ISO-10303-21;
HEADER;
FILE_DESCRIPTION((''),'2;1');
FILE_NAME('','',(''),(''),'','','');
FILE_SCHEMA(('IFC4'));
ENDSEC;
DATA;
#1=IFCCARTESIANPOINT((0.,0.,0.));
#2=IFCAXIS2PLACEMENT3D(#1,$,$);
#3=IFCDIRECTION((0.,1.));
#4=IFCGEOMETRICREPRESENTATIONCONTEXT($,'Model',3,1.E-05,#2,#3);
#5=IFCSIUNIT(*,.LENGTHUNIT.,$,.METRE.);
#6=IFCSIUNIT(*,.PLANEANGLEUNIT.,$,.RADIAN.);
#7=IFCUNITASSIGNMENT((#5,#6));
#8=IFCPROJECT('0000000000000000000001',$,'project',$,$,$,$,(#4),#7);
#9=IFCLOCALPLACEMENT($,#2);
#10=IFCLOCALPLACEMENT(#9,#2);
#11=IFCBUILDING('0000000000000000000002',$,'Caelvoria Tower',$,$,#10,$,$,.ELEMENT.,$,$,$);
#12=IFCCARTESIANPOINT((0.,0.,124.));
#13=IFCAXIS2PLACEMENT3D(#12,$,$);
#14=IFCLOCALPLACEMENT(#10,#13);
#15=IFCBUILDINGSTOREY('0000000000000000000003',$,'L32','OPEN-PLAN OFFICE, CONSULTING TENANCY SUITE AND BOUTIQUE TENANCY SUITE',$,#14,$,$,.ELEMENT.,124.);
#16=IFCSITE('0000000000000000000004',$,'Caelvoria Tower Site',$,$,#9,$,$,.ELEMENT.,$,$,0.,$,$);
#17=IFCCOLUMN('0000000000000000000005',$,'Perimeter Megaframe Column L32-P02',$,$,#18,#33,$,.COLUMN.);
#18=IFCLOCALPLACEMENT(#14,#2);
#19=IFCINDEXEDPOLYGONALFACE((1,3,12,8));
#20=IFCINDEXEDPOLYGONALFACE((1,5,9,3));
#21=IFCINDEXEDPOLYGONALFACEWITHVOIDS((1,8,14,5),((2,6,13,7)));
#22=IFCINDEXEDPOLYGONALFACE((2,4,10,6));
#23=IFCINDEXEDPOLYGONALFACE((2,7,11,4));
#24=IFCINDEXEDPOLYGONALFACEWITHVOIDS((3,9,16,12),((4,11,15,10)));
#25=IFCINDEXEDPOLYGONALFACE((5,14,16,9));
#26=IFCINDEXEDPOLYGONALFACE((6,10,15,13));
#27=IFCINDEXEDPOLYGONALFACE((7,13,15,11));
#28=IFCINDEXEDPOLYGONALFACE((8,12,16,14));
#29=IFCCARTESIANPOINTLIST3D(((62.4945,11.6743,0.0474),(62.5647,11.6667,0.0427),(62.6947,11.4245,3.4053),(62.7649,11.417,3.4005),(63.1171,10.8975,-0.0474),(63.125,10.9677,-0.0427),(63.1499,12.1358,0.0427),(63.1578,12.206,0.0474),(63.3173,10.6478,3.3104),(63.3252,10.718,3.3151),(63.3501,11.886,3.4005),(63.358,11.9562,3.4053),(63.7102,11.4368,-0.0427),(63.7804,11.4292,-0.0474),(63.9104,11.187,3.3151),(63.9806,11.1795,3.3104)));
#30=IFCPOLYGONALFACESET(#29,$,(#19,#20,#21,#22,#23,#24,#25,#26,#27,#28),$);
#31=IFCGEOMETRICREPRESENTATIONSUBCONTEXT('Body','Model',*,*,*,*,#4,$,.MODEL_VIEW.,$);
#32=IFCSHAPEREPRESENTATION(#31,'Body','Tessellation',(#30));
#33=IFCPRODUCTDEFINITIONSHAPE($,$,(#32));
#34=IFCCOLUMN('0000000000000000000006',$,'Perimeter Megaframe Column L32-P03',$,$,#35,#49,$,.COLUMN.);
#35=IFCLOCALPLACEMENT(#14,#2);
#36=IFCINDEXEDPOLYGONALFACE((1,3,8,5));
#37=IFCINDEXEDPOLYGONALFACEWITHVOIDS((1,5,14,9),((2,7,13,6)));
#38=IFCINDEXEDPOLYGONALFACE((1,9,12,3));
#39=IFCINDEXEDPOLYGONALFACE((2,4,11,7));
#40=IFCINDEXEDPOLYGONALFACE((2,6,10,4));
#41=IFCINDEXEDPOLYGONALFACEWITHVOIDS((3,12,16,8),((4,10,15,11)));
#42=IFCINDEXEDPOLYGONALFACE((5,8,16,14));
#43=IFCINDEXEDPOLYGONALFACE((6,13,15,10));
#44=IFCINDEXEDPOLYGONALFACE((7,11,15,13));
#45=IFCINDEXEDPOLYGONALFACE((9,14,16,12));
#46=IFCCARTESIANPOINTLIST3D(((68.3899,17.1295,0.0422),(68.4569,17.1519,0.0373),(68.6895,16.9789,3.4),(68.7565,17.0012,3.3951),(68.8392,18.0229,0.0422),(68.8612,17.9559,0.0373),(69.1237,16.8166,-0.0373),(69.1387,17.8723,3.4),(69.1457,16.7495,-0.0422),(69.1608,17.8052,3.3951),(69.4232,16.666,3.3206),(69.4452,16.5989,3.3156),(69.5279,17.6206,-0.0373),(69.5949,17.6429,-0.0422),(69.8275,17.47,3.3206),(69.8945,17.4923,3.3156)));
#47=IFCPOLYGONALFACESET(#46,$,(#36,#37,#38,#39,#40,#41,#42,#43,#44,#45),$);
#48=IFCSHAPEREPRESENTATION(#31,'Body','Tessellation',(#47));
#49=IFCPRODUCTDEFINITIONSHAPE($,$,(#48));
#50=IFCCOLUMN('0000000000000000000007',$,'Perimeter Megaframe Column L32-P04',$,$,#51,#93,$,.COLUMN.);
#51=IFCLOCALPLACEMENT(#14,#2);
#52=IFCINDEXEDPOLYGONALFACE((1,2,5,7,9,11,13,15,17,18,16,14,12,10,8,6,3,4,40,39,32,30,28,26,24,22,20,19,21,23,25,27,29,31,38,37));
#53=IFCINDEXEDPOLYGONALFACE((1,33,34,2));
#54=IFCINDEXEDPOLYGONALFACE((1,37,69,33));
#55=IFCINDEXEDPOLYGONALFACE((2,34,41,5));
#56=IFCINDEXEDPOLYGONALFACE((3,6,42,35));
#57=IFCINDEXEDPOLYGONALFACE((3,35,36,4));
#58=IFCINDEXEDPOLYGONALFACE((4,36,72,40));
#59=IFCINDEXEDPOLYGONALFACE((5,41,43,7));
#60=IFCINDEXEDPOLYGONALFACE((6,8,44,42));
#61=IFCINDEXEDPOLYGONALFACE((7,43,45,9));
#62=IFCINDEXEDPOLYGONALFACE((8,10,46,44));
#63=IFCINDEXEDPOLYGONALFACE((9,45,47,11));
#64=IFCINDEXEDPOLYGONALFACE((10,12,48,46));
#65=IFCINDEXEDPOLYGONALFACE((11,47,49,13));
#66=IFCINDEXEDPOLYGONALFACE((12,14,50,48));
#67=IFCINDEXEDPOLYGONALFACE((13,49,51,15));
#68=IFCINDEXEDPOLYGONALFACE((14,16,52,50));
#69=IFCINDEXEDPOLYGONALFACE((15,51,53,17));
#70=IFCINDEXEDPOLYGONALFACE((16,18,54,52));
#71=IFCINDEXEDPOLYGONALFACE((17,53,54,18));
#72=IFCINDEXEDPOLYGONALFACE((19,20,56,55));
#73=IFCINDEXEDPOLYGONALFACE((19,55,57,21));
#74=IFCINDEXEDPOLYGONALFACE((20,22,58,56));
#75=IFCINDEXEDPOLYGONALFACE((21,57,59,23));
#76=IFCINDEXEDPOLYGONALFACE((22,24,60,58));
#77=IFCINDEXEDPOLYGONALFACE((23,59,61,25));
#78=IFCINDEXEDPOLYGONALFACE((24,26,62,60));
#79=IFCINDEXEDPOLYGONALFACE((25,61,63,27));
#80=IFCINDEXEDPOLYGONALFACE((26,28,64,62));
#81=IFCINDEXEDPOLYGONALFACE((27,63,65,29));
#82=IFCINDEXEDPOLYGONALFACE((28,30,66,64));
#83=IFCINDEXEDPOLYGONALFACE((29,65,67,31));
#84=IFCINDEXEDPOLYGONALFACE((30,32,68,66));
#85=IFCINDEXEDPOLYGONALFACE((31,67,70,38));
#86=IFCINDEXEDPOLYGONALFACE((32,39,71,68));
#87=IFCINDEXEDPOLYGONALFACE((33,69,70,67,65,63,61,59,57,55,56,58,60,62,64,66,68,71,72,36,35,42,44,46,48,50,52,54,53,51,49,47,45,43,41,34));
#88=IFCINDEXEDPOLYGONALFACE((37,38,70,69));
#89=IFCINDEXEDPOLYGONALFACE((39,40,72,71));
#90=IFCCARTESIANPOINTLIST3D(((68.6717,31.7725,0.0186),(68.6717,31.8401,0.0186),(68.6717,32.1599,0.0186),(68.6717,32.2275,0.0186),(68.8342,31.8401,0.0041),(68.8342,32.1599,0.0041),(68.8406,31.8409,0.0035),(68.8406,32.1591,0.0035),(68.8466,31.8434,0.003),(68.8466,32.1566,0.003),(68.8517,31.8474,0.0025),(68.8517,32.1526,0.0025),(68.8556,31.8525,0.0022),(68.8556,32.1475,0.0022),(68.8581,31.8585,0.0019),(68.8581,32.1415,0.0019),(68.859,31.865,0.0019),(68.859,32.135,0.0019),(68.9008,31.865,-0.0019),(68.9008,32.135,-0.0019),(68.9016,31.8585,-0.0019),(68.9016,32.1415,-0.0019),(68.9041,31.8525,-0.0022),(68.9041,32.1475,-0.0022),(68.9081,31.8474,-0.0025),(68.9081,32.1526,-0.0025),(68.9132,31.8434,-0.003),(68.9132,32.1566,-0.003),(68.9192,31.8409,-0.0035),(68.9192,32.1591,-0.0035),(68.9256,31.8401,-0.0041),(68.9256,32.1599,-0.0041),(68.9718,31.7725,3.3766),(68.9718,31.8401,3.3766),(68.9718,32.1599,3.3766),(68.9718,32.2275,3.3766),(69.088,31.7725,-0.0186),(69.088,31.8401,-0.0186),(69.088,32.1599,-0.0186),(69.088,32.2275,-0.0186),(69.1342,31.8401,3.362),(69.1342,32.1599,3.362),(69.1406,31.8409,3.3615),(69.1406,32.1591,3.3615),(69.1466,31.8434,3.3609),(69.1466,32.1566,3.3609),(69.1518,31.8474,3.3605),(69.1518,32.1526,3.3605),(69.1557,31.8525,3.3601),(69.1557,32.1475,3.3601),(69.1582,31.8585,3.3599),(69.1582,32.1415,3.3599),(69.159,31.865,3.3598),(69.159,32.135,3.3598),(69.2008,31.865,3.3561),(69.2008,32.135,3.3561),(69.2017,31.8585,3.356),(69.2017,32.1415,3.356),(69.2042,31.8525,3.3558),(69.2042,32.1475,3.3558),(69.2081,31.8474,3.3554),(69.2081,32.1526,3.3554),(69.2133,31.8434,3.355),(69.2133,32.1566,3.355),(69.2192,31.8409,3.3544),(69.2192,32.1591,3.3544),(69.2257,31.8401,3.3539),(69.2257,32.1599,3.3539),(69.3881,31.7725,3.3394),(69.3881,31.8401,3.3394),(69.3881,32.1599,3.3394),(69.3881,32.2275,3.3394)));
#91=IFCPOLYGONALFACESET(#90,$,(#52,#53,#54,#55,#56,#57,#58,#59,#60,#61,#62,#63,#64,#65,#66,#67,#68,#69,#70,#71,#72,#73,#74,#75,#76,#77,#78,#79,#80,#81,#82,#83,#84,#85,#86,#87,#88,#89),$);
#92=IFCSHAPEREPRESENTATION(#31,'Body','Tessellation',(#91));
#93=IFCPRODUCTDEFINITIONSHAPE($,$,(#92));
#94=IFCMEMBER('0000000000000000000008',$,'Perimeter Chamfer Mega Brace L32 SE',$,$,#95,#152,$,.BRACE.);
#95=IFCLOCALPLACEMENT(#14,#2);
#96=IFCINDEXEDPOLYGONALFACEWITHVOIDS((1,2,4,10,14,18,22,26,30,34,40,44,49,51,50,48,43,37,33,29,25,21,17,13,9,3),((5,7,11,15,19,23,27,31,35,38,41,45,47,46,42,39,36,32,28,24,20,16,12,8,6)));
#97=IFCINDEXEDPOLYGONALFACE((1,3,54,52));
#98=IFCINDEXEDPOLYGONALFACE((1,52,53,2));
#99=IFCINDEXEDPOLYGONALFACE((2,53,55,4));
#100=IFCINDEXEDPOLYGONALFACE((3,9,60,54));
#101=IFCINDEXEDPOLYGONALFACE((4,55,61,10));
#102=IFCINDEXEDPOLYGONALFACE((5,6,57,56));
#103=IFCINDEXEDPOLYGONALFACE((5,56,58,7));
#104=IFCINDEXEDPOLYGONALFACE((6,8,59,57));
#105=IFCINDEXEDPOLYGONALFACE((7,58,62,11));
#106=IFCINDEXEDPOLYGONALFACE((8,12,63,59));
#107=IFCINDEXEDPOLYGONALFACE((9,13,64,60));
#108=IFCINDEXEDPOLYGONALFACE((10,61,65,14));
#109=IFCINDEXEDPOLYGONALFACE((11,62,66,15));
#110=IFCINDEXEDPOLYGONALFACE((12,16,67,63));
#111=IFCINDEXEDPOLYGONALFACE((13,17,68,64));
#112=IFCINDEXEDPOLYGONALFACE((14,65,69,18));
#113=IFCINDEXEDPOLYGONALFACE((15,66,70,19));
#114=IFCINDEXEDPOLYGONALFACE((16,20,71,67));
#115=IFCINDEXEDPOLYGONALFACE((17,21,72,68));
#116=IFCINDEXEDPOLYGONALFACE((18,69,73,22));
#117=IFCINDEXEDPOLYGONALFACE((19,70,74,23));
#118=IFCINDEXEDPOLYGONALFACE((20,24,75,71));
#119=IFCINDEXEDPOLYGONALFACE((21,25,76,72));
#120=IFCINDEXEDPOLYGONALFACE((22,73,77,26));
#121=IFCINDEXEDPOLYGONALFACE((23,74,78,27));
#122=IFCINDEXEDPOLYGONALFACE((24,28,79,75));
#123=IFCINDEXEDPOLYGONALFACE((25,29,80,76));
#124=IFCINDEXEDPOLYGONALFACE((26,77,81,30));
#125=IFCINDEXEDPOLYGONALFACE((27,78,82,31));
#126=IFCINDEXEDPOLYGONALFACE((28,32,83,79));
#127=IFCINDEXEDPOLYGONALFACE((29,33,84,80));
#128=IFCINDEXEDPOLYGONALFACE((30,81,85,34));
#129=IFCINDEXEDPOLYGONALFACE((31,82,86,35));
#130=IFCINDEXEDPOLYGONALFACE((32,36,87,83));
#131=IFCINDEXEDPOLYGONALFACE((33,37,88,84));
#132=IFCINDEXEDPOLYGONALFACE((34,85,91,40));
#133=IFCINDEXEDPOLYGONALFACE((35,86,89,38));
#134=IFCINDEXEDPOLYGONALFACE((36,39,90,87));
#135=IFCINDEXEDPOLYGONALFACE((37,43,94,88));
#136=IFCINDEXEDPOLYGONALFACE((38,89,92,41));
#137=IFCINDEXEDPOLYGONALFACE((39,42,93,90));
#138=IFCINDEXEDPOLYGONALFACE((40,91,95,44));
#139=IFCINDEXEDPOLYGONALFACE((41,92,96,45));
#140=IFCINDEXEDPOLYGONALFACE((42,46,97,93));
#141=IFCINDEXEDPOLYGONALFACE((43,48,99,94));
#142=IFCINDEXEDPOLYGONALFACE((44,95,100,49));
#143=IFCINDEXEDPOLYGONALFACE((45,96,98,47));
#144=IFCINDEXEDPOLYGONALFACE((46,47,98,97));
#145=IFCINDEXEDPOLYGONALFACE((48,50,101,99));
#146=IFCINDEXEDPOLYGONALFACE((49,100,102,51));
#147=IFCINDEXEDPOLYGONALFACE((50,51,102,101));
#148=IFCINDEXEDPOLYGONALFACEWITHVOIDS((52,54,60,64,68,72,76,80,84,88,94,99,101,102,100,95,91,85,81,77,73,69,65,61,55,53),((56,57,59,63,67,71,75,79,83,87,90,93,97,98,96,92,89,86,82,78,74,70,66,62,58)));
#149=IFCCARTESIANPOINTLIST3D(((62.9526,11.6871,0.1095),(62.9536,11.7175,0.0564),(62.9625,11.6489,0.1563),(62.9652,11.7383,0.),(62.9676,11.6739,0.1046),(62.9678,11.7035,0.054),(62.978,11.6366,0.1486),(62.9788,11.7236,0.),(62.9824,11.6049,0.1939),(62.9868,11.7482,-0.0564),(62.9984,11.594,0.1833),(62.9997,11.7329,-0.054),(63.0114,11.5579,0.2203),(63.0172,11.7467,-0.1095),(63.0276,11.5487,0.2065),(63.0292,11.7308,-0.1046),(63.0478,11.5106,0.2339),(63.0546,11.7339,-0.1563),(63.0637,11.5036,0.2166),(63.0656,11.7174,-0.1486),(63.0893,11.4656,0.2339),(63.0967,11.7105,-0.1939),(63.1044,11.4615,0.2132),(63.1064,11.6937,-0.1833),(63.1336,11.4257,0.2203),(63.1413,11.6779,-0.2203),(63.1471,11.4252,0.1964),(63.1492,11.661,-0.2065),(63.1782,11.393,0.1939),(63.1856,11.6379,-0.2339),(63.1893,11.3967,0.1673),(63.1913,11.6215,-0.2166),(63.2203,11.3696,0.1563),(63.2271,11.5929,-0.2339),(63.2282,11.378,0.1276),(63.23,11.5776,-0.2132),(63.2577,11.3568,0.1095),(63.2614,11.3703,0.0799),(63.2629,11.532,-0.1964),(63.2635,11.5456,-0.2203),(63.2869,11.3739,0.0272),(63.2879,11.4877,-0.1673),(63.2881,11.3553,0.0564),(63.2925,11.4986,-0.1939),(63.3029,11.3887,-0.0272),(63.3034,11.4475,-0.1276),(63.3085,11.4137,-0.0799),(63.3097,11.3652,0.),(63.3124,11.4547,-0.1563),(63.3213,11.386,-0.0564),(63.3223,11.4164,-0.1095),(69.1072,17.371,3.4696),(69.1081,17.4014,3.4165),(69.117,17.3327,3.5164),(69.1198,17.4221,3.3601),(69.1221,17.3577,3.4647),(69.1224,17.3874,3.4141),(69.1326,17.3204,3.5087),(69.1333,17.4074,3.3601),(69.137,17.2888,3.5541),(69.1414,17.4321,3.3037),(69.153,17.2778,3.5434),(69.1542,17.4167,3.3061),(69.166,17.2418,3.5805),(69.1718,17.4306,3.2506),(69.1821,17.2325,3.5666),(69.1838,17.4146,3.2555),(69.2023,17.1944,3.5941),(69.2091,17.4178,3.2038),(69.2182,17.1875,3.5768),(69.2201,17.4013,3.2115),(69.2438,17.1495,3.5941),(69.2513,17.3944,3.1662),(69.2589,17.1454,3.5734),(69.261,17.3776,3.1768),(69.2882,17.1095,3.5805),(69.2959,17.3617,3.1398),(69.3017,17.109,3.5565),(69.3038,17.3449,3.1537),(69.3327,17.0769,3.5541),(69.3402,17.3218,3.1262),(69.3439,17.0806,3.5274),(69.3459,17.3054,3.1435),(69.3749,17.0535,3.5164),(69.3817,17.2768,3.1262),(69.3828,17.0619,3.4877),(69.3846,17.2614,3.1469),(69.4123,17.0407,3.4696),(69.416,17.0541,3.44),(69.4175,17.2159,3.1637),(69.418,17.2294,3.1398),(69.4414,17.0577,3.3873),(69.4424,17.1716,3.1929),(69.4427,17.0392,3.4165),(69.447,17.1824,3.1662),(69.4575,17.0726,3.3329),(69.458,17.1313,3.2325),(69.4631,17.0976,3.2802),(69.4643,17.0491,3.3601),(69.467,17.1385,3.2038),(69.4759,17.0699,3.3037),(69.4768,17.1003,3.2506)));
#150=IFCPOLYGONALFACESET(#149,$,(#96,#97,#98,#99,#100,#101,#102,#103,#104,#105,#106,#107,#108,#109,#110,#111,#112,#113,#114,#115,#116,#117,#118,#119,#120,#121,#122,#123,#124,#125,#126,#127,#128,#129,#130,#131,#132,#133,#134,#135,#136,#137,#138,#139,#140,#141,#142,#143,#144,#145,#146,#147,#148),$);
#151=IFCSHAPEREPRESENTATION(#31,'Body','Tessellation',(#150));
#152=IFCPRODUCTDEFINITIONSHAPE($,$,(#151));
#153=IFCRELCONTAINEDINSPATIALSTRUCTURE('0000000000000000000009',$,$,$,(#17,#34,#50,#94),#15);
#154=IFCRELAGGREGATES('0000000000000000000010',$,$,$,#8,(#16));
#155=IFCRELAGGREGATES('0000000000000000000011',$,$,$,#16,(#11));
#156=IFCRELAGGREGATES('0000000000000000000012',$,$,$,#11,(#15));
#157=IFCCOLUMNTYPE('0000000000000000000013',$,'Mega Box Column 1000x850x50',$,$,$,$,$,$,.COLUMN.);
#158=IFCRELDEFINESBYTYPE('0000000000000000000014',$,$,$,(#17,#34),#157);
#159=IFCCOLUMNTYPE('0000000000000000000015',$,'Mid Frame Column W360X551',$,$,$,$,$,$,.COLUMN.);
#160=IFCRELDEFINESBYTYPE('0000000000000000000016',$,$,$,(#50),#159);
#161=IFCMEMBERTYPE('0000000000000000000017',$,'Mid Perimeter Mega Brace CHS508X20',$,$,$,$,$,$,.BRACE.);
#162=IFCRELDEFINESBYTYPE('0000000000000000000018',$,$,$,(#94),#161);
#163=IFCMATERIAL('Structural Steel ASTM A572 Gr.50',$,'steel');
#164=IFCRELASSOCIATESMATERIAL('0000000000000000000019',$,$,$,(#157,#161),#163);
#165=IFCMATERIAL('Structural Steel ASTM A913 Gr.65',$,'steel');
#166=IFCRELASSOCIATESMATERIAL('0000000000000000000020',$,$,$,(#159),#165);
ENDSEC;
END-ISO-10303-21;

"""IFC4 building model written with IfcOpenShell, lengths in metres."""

from ifc_helpers import new_model, si_unit, direction, frame, origin, origin_2d, place, context, subcontext, project, spatial, hollow_rectangle, hollow_circle, i_section, extrude, material, material_profile, profile_set, type_object, element, save


model = new_model("IFC4")

# Units and contexts
model_context = context("Model", 3, precision=1e-05, world=origin(), true_north=direction((0.0, 1.0)))
body_context = subcontext(model_context, "Body", "Model", "MODEL_VIEW")
ifc_project = project(units=[si_unit("LENGTHUNIT", "METRE"), si_unit("PLANEANGLEUNIT", "RADIAN")], contexts=[model_context])

# Site, building, storey
site_placement = place(None, origin())
site = spatial("IfcSite", under=ifc_project, at=site_placement, Name="Caelvoria Tower Site", CompositionType="ELEMENT", RefElevation=0.0)
building_placement = place(site_placement, origin())
building = spatial("IfcBuilding", under=site, at=building_placement, Name="Caelvoria Tower", CompositionType="ELEMENT")
storey_placement = place(building_placement, frame((0.0, 0.0, 124.0)))
storey = spatial("IfcBuildingStorey", under=building, at=storey_placement, Name="L32", Description="OPEN-PLAN OFFICE, CONSULTING TENANCY SUITE AND BOUTIQUE TENANCY SUITE", CompositionType="ELEMENT", Elevation=124.0)

# Columns
ifc_material_1 = material(Name="Structural Steel ASTM A572 Gr.50", Category="steel")
ifc_material_profile_1 = material_profile(ifc_material_1, hollow_rectangle(XDim=0.8501, YDim=1.0, WallThickness=0.05, at=origin_2d()), Name="Structural Steel ASTM A572 Gr.50")
ifc_profile_set_1 = profile_set([ifc_material_profile_1], Name="BOX1000X850X50 - Structural Steel ASTM A572 Gr.50")
column_type_1 = type_object("IfcColumnType", Name="Mega Box Column 1000x850x50", PredefinedType="COLUMN", material=ifc_profile_set_1)
column_1_placement = place(storey_placement, frame((63.1375, 11.5518, 0.0), z_axis=(0.05935, -0.074043, 0.995487), x_axis=(0.780273, 0.625439, 0.0)))
element("IfcColumn", 1, at=column_1_placement, inside=storey, type_object=column_type_1, Name="Perimeter Megaframe Column L32-P02", PredefinedType="COLUMN", context=body_context, shape_type="SweptSolid", body=[
    extrude(hollow_rectangle(XDim=0.8501, YDim=1.0, WallThickness=0.05, at=origin_2d()), origin(), (0.0, 0.0, 1.0), 3.373),
])
column_2_placement = place(storey_placement, frame((68.9924, 17.3862, 0.0), z_axis=(0.088769, -0.044638, 0.995052), x_axis=(-0.888985, 0.447028, 0.09936)))
element("IfcColumn", 2, at=column_2_placement, inside=storey, type_object=column_type_1, Name="Perimeter Megaframe Column L32-P03", PredefinedType="COLUMN", context=body_context, shape_type="SweptSolid", body=[
    extrude(hollow_rectangle(XDim=0.8501, YDim=1.0, WallThickness=0.05, at=origin_2d()), origin(), (0.0, 0.0, 1.0), 3.3745),
])
ifc_material_2 = material(Name="Structural Steel ASTM A913 Gr.65", Category="steel")
ifc_material_profile_2 = material_profile(ifc_material_2, i_section(OverallWidth=0.418, OverallDepth=0.4551, WebThickness=0.042, FlangeThickness=0.0676, FilletRadius=0.0249, at=origin_2d()), Name="Structural Steel ASTM A913 Gr.65")
ifc_profile_set_2 = profile_set([ifc_material_profile_2], Name="W360X551 - Structural Steel ASTM A913 Gr.65")
column_type_2 = type_object("IfcColumnType", Name="Mid Frame Column W360X551", PredefinedType="COLUMN", material=ifc_profile_set_2)
column_3_placement = place(storey_placement, frame((68.8799, 32.0, 0.0), z_axis=(0.089001, 0.0, 0.996032), x_axis=(-0.996032, 0.0, 0.089001)))
element("IfcColumn", 3, at=column_3_placement, inside=storey, type_object=column_type_2, Name="Perimeter Megaframe Column L32-P04", PredefinedType="COLUMN", context=body_context, shape_type="SweptSolid", body=[
    extrude(i_section(OverallWidth=0.418, OverallDepth=0.4551, WebThickness=0.042, FlangeThickness=0.0676, FilletRadius=0.0249, at=origin_2d()), origin(), (0.0, 0.0, 1.0), 3.3713),
])

# Member
ifc_material_profile_3 = material_profile(ifc_material_1, hollow_circle(Radius=0.2539, WallThickness=0.02, at=origin_2d()), Name="Structural Steel ASTM A572 Gr.50")
ifc_profile_set_3 = profile_set([ifc_material_profile_3], Name="CHS508X20 - Structural Steel ASTM A572 Gr.50")
member_type = type_object("IfcMemberType", Name="Mid Perimeter Mega Brace CHS508X20", PredefinedType="BRACE", material=ifc_profile_set_3)
member_placement = place(storey_placement, frame((63.1375, 11.5518, 0.0), z_axis=(0.681843, 0.629695, 0.372256), x_axis=(-0.678456, 0.734641, 0.0)))
element("IfcMember", 4, at=member_placement, inside=storey, type_object=member_type, Name="Perimeter Chamfer Mega Brace L32 SE", PredefinedType="BRACE", context=body_context, shape_type="SweptSolid", body=[
    extrude(hollow_circle(Radius=0.2539, WallThickness=0.02, at=origin_2d()), origin(), (0.0, 0.0, 1.0), 9.0264),
])

save(model, "model.ifc")
